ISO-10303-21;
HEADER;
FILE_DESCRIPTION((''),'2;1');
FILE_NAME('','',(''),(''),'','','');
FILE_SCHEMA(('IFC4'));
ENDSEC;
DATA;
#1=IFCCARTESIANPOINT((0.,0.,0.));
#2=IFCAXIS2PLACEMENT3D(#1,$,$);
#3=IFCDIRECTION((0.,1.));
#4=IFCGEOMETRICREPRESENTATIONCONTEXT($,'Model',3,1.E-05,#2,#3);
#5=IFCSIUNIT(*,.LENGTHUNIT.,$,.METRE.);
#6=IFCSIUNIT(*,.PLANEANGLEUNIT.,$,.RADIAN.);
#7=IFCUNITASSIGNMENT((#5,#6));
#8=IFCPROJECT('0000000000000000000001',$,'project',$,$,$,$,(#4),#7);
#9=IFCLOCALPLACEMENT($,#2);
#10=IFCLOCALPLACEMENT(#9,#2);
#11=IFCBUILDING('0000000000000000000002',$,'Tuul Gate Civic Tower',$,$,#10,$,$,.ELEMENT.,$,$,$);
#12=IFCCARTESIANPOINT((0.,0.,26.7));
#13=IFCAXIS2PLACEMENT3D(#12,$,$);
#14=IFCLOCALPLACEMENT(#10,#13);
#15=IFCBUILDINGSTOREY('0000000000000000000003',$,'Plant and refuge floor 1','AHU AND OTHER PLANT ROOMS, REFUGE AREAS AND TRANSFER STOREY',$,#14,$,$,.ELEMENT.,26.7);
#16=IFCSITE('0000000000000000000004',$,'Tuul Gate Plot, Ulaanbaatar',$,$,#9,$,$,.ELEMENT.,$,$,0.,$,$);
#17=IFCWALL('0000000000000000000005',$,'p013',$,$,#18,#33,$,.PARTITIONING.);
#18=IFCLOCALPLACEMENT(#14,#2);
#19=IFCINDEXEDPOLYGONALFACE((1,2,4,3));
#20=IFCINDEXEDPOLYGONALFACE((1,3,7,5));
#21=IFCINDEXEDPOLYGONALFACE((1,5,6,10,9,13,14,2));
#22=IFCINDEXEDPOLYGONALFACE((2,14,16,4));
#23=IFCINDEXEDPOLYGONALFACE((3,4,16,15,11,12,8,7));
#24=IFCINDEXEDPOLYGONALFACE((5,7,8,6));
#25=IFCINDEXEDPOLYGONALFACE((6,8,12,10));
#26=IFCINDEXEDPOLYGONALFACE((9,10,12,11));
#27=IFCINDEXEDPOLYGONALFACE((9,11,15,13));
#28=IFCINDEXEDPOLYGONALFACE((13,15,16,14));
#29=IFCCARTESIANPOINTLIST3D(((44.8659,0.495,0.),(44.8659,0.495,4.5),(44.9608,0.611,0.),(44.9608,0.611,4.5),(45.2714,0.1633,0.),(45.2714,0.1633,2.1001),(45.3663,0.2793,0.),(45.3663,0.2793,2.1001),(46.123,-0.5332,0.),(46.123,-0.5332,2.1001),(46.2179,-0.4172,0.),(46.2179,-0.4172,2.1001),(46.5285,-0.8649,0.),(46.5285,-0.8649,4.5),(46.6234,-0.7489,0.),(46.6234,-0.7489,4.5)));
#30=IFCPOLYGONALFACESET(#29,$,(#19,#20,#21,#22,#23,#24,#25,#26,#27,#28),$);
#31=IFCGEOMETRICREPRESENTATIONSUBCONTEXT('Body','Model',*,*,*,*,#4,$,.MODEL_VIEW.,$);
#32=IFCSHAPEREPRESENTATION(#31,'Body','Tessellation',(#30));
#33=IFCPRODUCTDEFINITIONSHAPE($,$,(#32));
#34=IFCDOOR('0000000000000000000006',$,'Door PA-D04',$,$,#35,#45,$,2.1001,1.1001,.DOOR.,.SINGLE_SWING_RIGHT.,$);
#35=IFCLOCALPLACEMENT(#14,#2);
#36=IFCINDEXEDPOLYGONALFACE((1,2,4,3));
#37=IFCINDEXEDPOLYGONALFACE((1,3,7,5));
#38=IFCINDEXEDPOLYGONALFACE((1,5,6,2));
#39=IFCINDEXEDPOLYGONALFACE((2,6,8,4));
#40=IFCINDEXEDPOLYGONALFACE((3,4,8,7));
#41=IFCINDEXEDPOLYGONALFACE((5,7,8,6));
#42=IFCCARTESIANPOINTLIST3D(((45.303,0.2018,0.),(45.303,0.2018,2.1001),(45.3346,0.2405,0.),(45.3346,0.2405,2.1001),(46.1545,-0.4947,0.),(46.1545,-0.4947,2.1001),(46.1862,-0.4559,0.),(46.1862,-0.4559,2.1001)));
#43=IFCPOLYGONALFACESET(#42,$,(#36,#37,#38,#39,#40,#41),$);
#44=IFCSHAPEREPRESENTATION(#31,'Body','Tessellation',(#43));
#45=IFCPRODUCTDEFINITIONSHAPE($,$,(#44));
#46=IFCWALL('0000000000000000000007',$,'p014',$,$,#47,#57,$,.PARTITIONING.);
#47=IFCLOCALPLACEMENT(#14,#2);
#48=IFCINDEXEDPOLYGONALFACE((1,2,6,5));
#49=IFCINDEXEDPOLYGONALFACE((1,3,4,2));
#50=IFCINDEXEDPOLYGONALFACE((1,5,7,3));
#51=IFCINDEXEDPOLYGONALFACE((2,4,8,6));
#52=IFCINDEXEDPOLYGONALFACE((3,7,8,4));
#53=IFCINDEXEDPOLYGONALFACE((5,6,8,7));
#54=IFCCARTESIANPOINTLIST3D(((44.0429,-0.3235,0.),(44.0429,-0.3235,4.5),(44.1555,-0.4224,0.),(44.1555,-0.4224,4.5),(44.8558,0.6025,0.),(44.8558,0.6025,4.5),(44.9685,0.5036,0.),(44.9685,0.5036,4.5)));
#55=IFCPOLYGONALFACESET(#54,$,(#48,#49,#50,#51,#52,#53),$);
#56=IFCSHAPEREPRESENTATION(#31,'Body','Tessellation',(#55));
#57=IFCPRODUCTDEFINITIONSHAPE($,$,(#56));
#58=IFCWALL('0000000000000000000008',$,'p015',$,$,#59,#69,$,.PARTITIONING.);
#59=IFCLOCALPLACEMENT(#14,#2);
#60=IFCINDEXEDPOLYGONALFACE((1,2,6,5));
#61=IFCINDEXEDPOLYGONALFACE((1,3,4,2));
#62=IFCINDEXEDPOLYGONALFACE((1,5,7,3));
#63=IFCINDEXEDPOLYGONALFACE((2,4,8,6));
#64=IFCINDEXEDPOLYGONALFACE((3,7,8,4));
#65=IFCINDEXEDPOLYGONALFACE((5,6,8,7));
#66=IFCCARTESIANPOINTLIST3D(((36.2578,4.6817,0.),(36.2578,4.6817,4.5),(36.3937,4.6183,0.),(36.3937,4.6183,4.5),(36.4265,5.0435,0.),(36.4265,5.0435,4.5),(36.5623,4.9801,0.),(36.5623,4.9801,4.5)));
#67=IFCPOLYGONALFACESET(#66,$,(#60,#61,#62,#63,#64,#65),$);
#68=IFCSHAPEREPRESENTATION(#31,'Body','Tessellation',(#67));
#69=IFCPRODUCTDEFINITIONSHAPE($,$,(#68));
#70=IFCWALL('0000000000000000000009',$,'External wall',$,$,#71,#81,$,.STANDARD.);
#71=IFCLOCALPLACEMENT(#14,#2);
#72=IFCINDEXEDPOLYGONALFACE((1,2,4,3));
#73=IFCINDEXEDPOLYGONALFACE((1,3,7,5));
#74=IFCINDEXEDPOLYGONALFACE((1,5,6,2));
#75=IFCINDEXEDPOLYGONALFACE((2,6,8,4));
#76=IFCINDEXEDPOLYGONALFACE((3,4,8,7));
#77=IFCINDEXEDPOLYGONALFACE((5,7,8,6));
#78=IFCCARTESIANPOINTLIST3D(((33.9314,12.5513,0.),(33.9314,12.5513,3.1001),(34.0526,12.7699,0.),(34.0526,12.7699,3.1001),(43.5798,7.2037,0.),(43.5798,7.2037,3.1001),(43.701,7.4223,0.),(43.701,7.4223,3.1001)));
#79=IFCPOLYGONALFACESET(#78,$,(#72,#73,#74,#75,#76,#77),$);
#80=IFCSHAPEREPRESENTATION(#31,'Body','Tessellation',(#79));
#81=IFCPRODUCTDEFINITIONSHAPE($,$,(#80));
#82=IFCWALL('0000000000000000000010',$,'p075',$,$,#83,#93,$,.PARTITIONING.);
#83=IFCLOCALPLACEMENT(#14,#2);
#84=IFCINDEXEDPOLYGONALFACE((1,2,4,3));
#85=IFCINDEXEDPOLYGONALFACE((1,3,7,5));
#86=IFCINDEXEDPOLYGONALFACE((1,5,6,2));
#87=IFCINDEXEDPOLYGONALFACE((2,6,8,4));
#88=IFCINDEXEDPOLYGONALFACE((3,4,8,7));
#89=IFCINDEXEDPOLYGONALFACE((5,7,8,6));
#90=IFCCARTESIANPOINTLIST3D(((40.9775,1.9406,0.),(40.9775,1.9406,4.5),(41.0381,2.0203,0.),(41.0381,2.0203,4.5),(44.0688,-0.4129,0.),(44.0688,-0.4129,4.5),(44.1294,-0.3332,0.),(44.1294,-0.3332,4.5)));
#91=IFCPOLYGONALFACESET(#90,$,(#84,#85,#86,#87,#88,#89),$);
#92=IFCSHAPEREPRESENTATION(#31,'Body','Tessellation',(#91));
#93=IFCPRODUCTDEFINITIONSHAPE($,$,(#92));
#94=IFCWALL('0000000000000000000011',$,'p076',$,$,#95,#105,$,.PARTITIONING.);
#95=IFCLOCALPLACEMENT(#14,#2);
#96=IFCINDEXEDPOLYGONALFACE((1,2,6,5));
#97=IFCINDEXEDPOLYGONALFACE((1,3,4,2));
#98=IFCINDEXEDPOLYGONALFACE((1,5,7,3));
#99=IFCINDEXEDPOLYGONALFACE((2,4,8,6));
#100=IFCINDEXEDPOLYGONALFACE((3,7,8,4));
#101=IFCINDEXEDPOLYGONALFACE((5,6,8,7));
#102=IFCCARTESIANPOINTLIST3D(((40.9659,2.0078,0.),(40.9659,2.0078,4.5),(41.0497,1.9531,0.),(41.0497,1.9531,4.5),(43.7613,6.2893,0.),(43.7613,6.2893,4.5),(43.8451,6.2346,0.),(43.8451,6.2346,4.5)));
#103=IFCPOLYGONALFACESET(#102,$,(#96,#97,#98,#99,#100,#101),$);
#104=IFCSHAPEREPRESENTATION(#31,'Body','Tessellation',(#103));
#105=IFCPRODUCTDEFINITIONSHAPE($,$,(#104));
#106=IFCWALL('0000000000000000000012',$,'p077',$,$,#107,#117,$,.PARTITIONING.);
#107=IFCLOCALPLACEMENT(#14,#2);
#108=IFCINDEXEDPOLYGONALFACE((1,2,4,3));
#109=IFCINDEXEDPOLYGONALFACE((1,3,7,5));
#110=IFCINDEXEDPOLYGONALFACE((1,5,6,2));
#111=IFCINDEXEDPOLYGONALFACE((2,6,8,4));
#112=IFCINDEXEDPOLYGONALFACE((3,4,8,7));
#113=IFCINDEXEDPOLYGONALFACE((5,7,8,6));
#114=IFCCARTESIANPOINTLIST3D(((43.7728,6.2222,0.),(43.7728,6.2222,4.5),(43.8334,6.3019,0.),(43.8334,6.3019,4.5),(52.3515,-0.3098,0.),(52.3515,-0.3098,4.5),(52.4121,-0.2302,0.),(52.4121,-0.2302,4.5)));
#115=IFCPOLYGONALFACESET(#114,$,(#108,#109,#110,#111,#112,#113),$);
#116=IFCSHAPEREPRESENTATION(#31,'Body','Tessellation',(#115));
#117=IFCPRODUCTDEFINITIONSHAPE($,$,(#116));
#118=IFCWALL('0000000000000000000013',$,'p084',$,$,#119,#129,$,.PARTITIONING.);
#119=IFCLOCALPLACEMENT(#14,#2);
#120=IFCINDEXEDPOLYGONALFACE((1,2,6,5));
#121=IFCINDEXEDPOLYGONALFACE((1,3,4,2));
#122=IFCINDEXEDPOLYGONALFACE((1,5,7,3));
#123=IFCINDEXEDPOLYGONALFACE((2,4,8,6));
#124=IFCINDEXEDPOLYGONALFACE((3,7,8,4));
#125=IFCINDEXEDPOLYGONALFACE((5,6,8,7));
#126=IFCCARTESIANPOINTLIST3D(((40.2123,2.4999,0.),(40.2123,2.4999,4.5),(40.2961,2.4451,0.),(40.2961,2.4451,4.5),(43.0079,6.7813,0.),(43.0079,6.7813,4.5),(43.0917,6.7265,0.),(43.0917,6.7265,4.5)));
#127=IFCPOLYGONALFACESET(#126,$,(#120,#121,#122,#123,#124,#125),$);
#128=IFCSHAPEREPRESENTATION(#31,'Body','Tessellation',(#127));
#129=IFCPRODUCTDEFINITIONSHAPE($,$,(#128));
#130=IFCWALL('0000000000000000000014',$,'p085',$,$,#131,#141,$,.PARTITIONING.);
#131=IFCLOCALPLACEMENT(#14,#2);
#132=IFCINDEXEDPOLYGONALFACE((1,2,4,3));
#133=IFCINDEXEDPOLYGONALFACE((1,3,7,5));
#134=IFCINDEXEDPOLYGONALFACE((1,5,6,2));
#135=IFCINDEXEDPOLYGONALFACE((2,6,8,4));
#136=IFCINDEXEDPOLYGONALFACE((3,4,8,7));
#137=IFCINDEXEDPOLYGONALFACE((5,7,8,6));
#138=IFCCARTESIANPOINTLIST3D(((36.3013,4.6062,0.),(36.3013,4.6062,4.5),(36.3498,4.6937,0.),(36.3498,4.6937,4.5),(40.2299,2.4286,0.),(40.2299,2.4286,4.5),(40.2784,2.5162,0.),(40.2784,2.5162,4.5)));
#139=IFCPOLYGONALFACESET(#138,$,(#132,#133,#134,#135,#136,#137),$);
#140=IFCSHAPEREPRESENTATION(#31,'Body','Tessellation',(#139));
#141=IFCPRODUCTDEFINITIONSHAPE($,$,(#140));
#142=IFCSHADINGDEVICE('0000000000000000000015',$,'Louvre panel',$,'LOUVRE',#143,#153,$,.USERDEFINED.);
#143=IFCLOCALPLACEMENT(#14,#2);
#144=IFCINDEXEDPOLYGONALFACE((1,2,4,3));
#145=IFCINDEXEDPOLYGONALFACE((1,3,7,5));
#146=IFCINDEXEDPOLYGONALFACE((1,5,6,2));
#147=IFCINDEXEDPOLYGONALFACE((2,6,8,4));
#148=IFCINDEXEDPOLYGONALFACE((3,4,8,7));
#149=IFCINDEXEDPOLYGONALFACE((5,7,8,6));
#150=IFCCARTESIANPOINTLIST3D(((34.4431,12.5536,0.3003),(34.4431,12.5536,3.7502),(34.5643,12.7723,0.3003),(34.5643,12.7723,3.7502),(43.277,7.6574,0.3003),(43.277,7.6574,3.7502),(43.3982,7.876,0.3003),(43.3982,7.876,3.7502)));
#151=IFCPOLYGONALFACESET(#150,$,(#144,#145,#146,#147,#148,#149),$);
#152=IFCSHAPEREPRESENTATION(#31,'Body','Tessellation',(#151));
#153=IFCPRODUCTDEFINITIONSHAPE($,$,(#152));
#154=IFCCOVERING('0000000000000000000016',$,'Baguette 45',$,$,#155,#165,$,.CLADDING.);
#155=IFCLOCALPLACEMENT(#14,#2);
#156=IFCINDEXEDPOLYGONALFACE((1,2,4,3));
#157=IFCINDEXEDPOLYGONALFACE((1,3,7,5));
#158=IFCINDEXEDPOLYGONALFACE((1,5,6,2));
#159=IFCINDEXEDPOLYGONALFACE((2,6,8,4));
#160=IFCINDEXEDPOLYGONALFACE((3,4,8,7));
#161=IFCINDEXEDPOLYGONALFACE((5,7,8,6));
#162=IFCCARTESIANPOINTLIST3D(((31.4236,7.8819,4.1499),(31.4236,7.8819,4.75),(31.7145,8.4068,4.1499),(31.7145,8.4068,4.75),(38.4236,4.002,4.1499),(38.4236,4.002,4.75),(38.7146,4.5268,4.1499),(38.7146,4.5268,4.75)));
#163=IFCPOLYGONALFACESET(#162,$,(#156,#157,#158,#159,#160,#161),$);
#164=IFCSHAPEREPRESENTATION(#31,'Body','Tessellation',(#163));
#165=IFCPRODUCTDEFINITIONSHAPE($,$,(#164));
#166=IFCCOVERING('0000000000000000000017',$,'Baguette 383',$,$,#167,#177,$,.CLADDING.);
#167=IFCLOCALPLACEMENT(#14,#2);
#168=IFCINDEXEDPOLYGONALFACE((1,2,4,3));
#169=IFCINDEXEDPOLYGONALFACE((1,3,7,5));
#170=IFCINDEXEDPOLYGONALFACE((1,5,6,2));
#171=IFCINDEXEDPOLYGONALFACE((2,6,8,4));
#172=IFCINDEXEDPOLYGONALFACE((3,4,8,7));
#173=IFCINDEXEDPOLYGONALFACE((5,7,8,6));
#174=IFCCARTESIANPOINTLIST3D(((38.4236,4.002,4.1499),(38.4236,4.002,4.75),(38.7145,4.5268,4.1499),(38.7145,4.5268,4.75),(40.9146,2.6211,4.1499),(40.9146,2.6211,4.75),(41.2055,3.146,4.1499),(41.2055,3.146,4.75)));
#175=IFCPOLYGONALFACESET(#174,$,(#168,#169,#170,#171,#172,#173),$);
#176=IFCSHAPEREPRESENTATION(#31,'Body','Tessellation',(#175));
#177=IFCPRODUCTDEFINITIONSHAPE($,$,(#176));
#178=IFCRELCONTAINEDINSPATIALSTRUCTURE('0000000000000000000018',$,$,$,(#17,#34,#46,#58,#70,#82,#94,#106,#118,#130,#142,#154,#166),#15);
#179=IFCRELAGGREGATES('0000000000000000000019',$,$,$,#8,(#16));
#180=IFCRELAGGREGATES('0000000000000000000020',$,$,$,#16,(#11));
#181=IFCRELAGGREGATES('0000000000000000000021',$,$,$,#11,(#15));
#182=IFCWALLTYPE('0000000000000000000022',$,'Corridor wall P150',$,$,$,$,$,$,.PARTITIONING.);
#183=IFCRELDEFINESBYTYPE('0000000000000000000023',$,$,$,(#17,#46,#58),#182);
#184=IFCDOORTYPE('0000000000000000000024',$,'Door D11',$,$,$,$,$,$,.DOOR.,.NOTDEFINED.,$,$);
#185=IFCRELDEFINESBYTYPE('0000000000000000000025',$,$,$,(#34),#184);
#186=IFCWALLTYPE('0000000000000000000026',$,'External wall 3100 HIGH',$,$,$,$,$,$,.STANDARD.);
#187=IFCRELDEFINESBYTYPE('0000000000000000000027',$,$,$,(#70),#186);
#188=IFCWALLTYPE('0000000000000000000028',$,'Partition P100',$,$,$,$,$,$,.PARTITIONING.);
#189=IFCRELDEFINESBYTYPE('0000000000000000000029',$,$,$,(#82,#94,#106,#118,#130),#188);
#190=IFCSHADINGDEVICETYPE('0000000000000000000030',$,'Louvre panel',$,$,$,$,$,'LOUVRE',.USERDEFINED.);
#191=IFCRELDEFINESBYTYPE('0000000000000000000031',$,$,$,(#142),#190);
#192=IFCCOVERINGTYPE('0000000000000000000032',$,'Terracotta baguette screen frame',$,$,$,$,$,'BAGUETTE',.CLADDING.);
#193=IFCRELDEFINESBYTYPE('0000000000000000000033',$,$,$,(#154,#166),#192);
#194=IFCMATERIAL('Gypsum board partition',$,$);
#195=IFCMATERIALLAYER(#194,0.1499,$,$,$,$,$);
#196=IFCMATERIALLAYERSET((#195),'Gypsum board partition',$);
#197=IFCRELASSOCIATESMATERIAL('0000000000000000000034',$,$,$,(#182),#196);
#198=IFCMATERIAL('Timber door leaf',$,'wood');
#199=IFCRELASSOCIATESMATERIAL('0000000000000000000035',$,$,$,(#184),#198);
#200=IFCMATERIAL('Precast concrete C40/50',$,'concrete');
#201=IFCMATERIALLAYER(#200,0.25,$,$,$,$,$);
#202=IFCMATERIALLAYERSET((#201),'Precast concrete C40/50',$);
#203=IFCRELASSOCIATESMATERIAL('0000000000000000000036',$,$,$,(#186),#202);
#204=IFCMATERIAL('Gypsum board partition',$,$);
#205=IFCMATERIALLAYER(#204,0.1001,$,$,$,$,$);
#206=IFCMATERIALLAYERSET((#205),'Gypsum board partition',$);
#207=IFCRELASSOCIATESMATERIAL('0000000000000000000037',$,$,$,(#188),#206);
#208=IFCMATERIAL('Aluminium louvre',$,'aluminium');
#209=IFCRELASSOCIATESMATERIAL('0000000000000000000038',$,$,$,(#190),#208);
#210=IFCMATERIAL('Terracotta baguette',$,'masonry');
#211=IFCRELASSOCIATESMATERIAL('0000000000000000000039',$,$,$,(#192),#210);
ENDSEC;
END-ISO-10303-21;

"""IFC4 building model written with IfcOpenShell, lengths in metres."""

from ifc_helpers import new_model, si_unit, direction, frame, frame_2d, origin, origin_2d, place, context, subcontext, project, spatial, rectangle, extrude, material, layer, layer_set, material_profile, profile_set, type_object, element, fill, save


model = new_model("IFC4")

# Units and contexts
model_context = context("Model", 3, precision=1e-05, world=origin(), true_north=direction((0.0, 1.0)))
body_context = subcontext(model_context, "Body", "Model", "MODEL_VIEW")
ifc_project = project(units=[si_unit("LENGTHUNIT", "METRE"), si_unit("PLANEANGLEUNIT", "RADIAN")], contexts=[model_context])

# Site, building, storey
site_placement = place(None, origin())
site = spatial("IfcSite", under=ifc_project, at=site_placement, Name="Tuul Gate Plot, Ulaanbaatar", CompositionType="ELEMENT", RefElevation=0.0)
building_placement = place(site_placement, origin())
building = spatial("IfcBuilding", under=site, at=building_placement, Name="Tuul Gate Civic Tower", CompositionType="ELEMENT")
storey_placement = place(building_placement, frame((0.0, 0.0, 26.7)))
storey = spatial("IfcBuildingStorey", under=building, at=storey_placement, Name="Plant and refuge floor 1", Description="AHU AND OTHER PLANT ROOMS, REFUGE AREAS AND TRANSFER STOREY", CompositionType="ELEMENT", Elevation=26.7)

# Wall, opening, door
ifc_material_1 = material(Name="Gypsum board partition")
ifc_layer_1 = layer(ifc_material_1, 0.1499)
ifc_layer_set_1 = layer_set([ifc_layer_1], Name="Gypsum board partition")
wall_type_1 = type_object("IfcWallType", Name="Corridor wall P150", PredefinedType="PARTITIONING", material=ifc_layer_set_1)
wall_1_placement = place(storey_placement, frame((44.9133, 0.553, 0.0), z_axis=(0.0, 0.0, 1.0), x_axis=(0.774059, -0.633114, 0.0)))
wall_1 = element("IfcWall", 1, at=wall_1_placement, inside=storey, type_object=wall_type_1, Name="p013", PredefinedType="PARTITIONING", context=body_context, shape_type="SweptSolid", body=[
    extrude(rectangle(XDim=2.1479, YDim=0.1499, at=frame_2d((1.074, 0.0))), origin(), (0.0, 0.0, 1.0), 4.5),
])
opening_1_placement = place(wall_1_placement, frame((0.5239, 0.0, 0.0)))
opening_1 = element("IfcOpeningElement", 2, at=opening_1_placement, cuts=wall_1, PredefinedType="OPENING", context=body_context, shape_type="SweptSolid", body=[
    extrude(rectangle(XDim=1.1001, YDim=2.1001, at=frame_2d((0.55, 1.05))), frame((0.0, 0.085, 0.0), z_axis=(0.0, -1.0, 0.0), x_axis=(1.0, 0.0, 0.0)), (0.0, 0.0, 1.0), 0.1699),
])
ifc_material_2 = material(Name="Timber door leaf", Category="wood")
door_type_1 = type_object("IfcDoorType", Name="Door D11", OperationType="NOTDEFINED", PredefinedType="DOOR", material=ifc_material_2)
door_1_placement = place(opening_1_placement, origin())
door_1 = element("IfcDoor", 3, at=door_1_placement, inside=storey, type_object=door_type_1, Name="Door PA-D04", OperationType="SINGLE_SWING_RIGHT", OverallHeight=2.1001, OverallWidth=1.1001, PredefinedType="DOOR", context=body_context, shape_type="SweptSolid", body=[
    extrude(rectangle(XDim=1.1001, YDim=2.1001, at=frame_2d((0.55, 1.05))), frame((0.0, 0.0249, 0.0), z_axis=(0.0, -1.0, 0.0), x_axis=(1.0, 0.0, 0.0)), (0.0, 0.0, 1.0), 0.05),
])
fill(opening_1, door_1)

# Walls
wall_2_placement = place(storey_placement, frame((44.0991, -0.373, 0.0), z_axis=(0.0, 0.0, 1.0), x_axis=(0.659752, 0.751483, 0.0)))
element("IfcWall", 4, at=wall_2_placement, inside=storey, type_object=wall_type_1, Name="p014", PredefinedType="PARTITIONING", context=body_context, shape_type="SweptSolid", body=[
    extrude(rectangle(XDim=1.2322, YDim=0.1499, at=frame_2d((0.6162, 0.0))), origin(), (0.0, 0.0, 1.0), 4.5),
])
wall_3_placement = place(storey_placement, frame((36.3257, 4.6499, 0.0), z_axis=(0.0, 0.0, 1.0), x_axis=(0.422584, 0.906324, 0.0)))
element("IfcWall", 5, at=wall_3_placement, inside=storey, type_object=wall_type_1, Name="p015", PredefinedType="PARTITIONING", context=body_context, shape_type="SweptSolid", body=[
    extrude(rectangle(XDim=0.3992, YDim=0.1499, at=frame_2d((0.1997, 0.0))), origin(), (0.0, 0.0, 1.0), 4.5),
])
ifc_material_3 = material(Name="Precast concrete C40/50", Category="concrete")
ifc_layer_2 = layer(ifc_material_3, 0.25)
ifc_layer_set_2 = layer_set([ifc_layer_2], Name="Precast concrete C40/50")
wall_type_2 = type_object("IfcWallType", Name="External wall 3100 HIGH", PredefinedType="STANDARD", material=ifc_layer_set_2)
wall_4_placement = place(storey_placement, frame((43.6404, 7.313, 0.0), z_axis=(0.0, 0.0, 1.0), x_axis=(-0.874641, 0.484771, 0.0)))
element("IfcWall", 6, at=wall_4_placement, inside=storey, type_object=wall_type_2, Name="External wall", PredefinedType="STANDARD", context=body_context, shape_type="SweptSolid", body=[
    extrude(rectangle(XDim=11.0312, YDim=0.25, at=frame_2d((5.5156, 0.0))), origin(), (0.0, 0.0, 1.0), 3.1001),
])
ifc_material_4 = material(Name="Gypsum board partition")
ifc_layer_3 = layer(ifc_material_4, 0.1001)
ifc_layer_set_3 = layer_set([ifc_layer_3], Name="Gypsum board partition")
wall_type_3 = type_object("IfcWallType", Name="Partition P100", PredefinedType="PARTITIONING", material=ifc_layer_set_3)
wall_5_placement = place(storey_placement, frame((44.0991, -0.373, 0.0), z_axis=(0.0, 0.0, 1.0), x_axis=(-0.795651, 0.605755, 0.0)))
element("IfcWall", 7, at=wall_5_placement, inside=storey, type_object=wall_type_3, Name="p075", PredefinedType="PARTITIONING", context=body_context, shape_type="SweptSolid", body=[
    extrude(rectangle(XDim=3.8853, YDim=0.1001, at=frame_2d((1.9426, 0.0))), origin(), (0.0, 0.0, 1.0), 4.5),
])
wall_6_placement = place(storey_placement, frame((41.0078, 1.9805, 0.0), z_axis=(0.0, 0.0, 1.0), x_axis=(0.546697, 0.83733, 0.0)))
element("IfcWall", 8, at=wall_6_placement, inside=storey, type_object=wall_type_3, Name="p076", PredefinedType="PARTITIONING", context=body_context, shape_type="SweptSolid", body=[
    extrude(rectangle(XDim=5.1133, YDim=0.1001, at=frame_2d((2.5566, 0.0))), origin(), (0.0, 0.0, 1.0), 4.5),
])
wall_7_placement = place(storey_placement, frame((43.8032, 6.262, 0.0), z_axis=(0.0, 0.0, 1.0), x_axis=(0.795615, -0.605802, 0.0)))
element("IfcWall", 9, at=wall_7_placement, inside=storey, type_object=wall_type_3, Name="p077", PredefinedType="PARTITIONING", context=body_context, shape_type="SweptSolid", body=[
    extrude(rectangle(XDim=10.7825, YDim=0.1001, at=frame_2d((5.3911, 0.0))), origin(), (0.0, 0.0, 1.0), 4.5),
])
wall_8_placement = place(storey_placement, frame((43.0498, 6.7539, 0.0), z_axis=(0.0, 0.0, 1.0), x_axis=(-0.546731, -0.837308, 0.0)))
element("IfcWall", 10, at=wall_8_placement, inside=storey, type_object=wall_type_3, Name="p084", PredefinedType="PARTITIONING", context=body_context, shape_type="SweptSolid", body=[
    extrude(rectangle(XDim=5.1133, YDim=0.1001, at=frame_2d((2.5566, 0.0))), origin(), (0.0, 0.0, 1.0), 4.5),
])
wall_9_placement = place(storey_placement, frame((40.2542, 2.4724, 0.0), z_axis=(0.0, 0.0, 1.0), x_axis=(-0.874629, 0.484794, 0.0)))
element("IfcWall", 11, at=wall_9_placement, inside=storey, type_object=wall_type_3, Name="p085", PredefinedType="PARTITIONING", context=body_context, shape_type="SweptSolid", body=[
    extrude(rectangle(XDim=4.4917, YDim=0.1001, at=frame_2d((2.2458, 0.0))), origin(), (0.0, 0.0, 1.0), 4.5),
])

# Shading device
ifc_material_5 = material(Name="Aluminium louvre", Category="aluminium")
shading_device_type = type_object("IfcShadingDeviceType", Name="Louvre panel", ElementType="LOUVRE", PredefinedType="USERDEFINED", material=ifc_material_5)
shading_device_placement = place(storey_placement, frame((38.9207, 10.2148, 0.3003), z_axis=(0.0, 0.0, 1.0), x_axis=(0.484773, 0.87464, 0.0)))
element("IfcShadingDevice", 12, at=shading_device_placement, inside=storey, type_object=shading_device_type, Name="Louvre panel", ObjectType="LOUVRE", PredefinedType="USERDEFINED", context=body_context, shape_type="SweptSolid", body=[
    extrude(rectangle(XDim=0.25, YDim=10.1001, at=origin_2d()), origin(), (0.0, 0.0, 1.0), 3.45),
])

# Coverings
ifc_material_6 = material(Name="Terracotta baguette", Category="masonry")
ifc_material_profile_1 = material_profile(ifc_material_6, rectangle(XDim=0.6001, YDim=0.6001, at=origin_2d()), Name="Terracotta baguette screen frame")
ifc_profile_set_1 = profile_set([ifc_material_profile_1], Name="Terracotta baguette")
covering_type = type_object("IfcCoveringType", Name="Terracotta baguette screen frame", ElementType="BAGUETTE", PredefinedType="CLADDING", material=ifc_profile_set_1)
covering_1_placement = place(storey_placement, frame((38.5691, 4.2644, 4.45), z_axis=(-0.874635, 0.484783, 0.0), x_axis=(-0.484783, -0.874635, 0.0)))
element("IfcCovering", 13, at=covering_1_placement, inside=storey, type_object=covering_type, Name="Baguette 45", PredefinedType="CLADDING", context=body_context, shape_type="SweptSolid", body=[
    extrude(rectangle(XDim=0.6001, YDim=0.6001, at=origin_2d()), origin(), (0.0, 0.0, 1.0), 8.0034),
])
covering_2_placement = place(storey_placement, frame((41.0601, 2.8835, 4.45), z_axis=(-0.874606, 0.484835, 0.0), x_axis=(-0.484835, -0.874606, 0.0)))
element("IfcCovering", 14, at=covering_2_placement, inside=storey, type_object=covering_type, Name="Baguette 383", PredefinedType="CLADDING", context=body_context, shape_type="SweptSolid", body=[
    extrude(rectangle(XDim=0.6001, YDim=0.6001, at=origin_2d()), origin(), (0.0, 0.0, 1.0), 2.8481),
])

save(model, "model.ifc")
